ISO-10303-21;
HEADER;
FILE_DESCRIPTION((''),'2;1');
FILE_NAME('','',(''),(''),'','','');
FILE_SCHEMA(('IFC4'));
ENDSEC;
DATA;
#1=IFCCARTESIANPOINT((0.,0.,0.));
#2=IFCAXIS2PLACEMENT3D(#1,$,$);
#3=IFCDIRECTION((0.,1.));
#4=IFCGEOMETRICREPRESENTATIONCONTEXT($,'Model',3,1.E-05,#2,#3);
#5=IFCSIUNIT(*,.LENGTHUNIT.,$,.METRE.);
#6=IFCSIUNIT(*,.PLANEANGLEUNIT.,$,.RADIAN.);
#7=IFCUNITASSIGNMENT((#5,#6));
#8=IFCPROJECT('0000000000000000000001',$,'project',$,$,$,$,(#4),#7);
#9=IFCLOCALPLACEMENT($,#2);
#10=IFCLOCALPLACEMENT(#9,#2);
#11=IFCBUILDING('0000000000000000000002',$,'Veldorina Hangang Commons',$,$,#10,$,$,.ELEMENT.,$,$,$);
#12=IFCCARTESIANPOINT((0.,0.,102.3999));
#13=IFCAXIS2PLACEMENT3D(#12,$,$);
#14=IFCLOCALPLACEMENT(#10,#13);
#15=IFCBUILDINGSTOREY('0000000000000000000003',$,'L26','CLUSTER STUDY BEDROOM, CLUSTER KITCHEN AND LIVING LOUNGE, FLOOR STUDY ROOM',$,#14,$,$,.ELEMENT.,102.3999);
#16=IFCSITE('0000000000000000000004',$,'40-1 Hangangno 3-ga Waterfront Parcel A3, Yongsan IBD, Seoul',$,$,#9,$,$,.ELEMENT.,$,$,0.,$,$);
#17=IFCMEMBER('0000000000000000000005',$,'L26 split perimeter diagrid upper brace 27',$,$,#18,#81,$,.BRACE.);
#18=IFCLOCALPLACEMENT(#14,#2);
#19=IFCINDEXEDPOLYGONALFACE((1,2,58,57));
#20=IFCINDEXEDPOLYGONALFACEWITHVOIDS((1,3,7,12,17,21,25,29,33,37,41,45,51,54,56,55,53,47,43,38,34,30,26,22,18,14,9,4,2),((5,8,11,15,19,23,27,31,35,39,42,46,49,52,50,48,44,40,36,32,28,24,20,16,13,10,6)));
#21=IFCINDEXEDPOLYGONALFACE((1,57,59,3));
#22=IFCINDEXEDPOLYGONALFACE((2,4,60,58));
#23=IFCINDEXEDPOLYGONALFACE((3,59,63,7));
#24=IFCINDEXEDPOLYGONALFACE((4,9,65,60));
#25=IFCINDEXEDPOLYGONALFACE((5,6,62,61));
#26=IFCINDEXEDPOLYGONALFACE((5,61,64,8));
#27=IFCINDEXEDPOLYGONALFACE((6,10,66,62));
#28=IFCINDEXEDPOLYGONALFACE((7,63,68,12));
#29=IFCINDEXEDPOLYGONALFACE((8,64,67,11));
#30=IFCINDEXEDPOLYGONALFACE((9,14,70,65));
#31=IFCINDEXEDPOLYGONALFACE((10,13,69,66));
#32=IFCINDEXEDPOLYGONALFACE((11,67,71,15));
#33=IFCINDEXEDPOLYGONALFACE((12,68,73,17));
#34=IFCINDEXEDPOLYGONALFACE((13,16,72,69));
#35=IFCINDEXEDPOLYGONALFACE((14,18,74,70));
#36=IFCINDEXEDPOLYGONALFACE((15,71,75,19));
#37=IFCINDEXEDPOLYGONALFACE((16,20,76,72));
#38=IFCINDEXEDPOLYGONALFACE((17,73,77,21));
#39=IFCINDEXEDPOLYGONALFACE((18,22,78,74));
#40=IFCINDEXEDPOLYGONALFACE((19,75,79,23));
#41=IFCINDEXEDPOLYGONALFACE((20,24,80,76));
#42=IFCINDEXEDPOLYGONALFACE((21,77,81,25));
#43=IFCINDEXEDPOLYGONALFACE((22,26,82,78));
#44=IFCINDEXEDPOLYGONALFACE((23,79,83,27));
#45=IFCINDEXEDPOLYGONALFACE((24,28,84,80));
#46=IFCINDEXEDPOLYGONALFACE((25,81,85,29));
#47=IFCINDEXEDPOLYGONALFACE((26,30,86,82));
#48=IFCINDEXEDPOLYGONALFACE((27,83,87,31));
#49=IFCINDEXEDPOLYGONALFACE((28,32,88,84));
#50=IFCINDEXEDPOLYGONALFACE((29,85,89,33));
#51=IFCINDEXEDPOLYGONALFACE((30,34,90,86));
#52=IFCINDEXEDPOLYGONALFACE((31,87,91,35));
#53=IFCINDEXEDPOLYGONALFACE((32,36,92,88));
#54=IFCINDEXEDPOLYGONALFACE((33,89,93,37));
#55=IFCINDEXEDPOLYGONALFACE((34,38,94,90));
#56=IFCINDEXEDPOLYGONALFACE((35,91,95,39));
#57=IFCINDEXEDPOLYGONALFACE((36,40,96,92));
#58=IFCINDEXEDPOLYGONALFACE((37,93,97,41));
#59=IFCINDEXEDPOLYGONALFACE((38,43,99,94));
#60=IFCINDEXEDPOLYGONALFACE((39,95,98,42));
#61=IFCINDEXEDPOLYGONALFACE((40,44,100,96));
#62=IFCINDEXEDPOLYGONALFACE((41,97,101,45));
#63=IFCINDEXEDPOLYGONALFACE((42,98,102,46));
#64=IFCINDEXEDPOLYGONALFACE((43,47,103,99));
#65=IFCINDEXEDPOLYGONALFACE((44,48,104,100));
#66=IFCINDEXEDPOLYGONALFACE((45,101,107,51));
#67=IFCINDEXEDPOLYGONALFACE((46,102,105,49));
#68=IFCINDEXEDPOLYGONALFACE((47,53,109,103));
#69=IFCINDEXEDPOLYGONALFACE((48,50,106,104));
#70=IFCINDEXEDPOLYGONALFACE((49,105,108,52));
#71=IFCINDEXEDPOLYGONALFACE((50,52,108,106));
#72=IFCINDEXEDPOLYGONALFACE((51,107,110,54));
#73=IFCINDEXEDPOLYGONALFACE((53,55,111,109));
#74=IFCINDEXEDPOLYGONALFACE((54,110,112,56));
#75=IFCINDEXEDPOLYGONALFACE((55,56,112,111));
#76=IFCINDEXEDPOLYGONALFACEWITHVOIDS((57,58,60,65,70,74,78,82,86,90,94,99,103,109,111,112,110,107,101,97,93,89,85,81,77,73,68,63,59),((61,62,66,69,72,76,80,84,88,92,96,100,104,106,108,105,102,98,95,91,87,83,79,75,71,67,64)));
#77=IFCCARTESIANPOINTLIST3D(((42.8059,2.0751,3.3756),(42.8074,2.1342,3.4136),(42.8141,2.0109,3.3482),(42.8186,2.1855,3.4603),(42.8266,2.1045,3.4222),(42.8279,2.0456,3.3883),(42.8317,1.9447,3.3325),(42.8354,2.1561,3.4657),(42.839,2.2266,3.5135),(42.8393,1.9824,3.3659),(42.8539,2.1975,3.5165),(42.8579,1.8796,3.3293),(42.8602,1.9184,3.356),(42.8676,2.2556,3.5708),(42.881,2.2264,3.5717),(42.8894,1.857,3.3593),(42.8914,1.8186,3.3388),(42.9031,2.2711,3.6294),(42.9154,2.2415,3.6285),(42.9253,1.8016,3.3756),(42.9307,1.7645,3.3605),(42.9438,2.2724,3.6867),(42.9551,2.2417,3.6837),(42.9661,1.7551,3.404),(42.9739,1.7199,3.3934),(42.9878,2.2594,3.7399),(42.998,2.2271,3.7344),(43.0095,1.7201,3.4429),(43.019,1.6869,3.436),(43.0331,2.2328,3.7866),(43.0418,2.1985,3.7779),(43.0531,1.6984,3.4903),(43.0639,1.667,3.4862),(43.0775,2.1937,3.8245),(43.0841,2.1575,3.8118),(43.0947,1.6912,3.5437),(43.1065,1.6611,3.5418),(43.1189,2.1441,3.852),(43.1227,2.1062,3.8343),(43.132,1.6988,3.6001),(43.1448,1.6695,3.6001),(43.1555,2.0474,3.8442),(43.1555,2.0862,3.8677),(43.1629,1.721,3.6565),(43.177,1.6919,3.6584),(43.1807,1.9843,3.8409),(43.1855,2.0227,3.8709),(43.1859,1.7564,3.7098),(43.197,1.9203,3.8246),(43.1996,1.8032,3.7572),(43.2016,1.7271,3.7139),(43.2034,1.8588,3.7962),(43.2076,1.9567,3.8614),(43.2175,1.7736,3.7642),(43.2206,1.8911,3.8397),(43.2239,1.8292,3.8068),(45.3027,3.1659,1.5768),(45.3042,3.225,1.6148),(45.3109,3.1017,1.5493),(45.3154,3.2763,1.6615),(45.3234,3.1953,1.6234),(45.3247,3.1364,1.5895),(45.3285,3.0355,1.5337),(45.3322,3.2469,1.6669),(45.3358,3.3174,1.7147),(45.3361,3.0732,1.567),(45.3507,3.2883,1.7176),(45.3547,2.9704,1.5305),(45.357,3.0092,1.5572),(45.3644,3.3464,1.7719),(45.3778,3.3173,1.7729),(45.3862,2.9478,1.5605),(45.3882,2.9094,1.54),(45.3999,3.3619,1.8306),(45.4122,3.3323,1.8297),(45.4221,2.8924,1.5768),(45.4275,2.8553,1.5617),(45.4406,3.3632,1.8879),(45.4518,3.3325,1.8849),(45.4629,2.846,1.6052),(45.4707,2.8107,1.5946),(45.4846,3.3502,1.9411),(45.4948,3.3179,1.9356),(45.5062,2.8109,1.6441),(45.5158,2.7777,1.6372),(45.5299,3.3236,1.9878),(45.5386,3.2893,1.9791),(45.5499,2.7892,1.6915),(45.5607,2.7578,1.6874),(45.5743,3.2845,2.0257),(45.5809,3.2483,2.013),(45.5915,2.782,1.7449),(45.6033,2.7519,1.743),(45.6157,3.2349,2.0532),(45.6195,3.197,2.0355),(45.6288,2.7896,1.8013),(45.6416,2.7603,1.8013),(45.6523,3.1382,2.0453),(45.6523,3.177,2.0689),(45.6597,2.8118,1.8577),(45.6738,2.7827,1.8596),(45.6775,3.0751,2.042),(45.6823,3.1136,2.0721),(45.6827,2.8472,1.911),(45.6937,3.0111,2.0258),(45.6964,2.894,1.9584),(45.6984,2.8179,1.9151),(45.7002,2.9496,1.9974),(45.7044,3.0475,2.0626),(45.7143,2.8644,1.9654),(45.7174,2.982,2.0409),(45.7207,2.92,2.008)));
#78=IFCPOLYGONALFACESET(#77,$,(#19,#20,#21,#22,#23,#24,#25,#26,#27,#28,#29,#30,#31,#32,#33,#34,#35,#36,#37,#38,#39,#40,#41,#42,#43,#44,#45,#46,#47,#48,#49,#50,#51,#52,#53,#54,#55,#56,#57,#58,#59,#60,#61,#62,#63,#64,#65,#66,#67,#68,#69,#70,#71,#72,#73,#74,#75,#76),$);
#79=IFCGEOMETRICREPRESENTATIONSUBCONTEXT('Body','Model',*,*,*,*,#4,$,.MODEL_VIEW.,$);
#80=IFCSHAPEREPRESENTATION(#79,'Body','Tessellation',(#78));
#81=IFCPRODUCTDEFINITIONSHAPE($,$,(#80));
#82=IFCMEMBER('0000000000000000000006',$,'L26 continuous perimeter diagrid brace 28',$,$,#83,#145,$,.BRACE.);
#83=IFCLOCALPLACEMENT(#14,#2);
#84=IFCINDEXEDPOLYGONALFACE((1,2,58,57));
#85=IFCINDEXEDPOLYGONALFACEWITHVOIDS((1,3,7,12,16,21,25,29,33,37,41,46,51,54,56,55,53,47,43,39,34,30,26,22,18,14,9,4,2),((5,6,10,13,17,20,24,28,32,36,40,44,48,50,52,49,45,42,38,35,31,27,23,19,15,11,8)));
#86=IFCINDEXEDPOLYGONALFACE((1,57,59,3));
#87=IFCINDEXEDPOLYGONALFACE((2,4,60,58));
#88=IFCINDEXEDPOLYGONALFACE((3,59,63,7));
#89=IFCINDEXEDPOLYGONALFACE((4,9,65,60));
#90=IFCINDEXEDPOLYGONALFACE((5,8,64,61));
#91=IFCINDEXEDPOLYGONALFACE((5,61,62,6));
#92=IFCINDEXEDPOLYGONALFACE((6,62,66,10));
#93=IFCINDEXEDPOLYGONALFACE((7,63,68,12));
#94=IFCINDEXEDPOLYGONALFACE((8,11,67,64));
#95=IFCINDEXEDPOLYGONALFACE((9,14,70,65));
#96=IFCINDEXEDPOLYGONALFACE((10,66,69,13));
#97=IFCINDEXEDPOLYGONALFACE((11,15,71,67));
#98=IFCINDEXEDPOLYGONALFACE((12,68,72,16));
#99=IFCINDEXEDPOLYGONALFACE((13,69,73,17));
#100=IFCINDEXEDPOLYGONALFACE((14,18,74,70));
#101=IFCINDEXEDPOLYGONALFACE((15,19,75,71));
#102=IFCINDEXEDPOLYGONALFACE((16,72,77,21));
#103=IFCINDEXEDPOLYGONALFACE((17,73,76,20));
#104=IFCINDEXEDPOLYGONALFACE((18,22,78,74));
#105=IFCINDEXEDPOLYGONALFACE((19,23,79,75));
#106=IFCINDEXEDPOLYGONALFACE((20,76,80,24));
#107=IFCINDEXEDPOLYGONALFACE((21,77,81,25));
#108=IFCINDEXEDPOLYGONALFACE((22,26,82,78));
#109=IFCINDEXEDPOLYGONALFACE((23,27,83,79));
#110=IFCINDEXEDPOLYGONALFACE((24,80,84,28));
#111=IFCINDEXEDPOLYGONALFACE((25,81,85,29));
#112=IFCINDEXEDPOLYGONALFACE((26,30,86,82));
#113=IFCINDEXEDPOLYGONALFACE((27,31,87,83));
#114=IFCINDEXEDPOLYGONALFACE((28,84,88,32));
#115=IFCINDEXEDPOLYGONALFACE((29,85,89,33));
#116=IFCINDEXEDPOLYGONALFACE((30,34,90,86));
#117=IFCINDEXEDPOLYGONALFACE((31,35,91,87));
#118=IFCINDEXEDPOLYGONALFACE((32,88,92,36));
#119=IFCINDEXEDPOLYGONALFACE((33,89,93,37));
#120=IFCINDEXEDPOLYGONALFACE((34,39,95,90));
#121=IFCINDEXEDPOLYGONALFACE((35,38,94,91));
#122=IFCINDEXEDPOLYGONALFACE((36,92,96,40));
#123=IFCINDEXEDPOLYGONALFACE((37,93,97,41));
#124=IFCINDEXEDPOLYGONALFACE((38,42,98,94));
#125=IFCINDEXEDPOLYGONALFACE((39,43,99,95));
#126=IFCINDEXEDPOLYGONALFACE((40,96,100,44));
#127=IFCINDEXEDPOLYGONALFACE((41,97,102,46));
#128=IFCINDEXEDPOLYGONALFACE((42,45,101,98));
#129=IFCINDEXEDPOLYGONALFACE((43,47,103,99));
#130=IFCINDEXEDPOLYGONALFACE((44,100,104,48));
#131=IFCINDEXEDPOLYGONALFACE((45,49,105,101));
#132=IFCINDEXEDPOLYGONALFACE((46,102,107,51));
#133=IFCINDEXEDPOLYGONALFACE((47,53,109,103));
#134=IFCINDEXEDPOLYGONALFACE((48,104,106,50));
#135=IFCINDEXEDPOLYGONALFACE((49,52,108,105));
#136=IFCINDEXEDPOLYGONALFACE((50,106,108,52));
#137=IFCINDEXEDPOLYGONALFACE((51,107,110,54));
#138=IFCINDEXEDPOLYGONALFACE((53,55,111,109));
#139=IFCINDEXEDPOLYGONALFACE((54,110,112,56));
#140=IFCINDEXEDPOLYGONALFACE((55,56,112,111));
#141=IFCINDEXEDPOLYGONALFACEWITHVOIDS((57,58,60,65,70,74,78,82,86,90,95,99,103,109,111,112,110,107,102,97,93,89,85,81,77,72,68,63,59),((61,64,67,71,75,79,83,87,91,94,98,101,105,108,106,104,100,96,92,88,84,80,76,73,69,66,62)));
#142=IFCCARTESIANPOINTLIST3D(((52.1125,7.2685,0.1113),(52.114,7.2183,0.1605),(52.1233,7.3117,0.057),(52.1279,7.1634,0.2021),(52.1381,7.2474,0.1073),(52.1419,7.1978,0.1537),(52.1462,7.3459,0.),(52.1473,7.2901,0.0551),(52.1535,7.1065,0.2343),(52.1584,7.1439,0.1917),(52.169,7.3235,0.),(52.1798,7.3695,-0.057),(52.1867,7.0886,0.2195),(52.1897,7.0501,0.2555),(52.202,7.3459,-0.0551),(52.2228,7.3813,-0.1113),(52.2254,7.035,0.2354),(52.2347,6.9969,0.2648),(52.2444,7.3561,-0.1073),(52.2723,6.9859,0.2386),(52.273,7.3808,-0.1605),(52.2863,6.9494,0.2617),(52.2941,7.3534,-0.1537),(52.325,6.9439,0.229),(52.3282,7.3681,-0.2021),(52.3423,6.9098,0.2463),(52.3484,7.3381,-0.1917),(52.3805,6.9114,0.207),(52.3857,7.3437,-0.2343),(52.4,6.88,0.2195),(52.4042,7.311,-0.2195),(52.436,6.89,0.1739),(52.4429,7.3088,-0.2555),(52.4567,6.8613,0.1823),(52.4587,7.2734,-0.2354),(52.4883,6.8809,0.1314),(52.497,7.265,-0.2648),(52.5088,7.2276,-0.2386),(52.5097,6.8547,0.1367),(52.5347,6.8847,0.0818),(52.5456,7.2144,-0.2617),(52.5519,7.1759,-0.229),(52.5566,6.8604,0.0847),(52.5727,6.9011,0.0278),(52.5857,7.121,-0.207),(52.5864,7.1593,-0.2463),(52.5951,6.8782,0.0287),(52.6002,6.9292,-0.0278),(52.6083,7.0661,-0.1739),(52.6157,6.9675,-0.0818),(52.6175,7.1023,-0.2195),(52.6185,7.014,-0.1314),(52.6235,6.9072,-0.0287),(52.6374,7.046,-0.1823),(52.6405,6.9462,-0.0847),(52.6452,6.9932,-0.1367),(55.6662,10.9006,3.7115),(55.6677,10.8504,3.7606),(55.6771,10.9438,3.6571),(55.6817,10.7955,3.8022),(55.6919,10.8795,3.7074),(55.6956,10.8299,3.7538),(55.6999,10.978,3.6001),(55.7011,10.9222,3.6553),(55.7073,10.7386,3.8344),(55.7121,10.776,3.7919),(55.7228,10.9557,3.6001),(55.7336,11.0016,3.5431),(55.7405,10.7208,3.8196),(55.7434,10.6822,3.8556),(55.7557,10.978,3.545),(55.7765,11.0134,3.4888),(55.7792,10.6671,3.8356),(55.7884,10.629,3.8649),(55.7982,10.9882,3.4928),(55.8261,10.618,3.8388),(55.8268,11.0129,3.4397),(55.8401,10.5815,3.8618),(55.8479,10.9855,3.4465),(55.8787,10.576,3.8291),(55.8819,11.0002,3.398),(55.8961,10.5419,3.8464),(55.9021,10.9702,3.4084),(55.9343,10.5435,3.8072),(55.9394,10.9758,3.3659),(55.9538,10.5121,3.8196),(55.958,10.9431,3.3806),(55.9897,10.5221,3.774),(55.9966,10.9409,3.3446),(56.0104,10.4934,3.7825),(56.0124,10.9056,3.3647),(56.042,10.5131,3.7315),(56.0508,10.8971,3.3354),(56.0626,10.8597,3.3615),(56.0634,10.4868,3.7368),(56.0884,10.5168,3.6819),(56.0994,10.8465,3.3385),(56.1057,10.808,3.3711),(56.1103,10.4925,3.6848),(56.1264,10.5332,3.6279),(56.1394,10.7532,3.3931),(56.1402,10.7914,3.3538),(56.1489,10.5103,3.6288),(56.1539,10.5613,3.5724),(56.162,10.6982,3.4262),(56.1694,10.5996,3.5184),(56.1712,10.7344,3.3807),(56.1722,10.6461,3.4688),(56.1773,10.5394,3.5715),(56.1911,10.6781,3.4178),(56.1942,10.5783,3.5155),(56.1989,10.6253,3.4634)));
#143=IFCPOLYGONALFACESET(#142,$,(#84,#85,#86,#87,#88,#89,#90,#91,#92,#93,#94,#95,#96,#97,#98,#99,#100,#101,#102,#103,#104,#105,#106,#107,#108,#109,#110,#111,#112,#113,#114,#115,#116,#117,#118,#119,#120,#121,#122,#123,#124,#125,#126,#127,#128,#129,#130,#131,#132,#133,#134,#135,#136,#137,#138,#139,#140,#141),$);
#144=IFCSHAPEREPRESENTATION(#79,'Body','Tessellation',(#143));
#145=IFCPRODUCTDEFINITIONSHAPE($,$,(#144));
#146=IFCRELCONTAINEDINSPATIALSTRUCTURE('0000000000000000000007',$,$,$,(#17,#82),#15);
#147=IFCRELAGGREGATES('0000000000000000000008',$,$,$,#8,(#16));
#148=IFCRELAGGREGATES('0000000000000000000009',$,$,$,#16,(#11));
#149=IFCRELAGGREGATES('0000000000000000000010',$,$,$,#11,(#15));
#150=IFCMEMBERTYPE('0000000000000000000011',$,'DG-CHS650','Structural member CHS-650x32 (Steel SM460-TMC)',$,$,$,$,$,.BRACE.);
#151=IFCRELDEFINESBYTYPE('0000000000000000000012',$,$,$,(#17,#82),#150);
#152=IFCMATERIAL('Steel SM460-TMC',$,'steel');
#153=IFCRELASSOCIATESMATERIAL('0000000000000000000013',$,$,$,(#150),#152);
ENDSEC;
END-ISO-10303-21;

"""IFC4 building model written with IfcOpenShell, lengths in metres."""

from ifc_helpers import new_model, si_unit, direction, frame, origin, origin_2d, place, context, subcontext, project, spatial, hollow_circle, extrude, material, material_profile, profile_set, type_object, element, save


model = new_model("IFC4")

# Units and contexts
model_context = context("Model", 3, precision=1e-05, world=origin(), true_north=direction((0.0, 1.0)))
body_context = subcontext(model_context, "Body", "Model", "MODEL_VIEW")
ifc_project = project(units=[si_unit("LENGTHUNIT", "METRE"), si_unit("PLANEANGLEUNIT", "RADIAN")], contexts=[model_context])

# Site, building, storey
site_placement = place(None, origin())
site = spatial("IfcSite", under=ifc_project, at=site_placement, Name="40-1 Hangangno 3-ga Waterfront Parcel A3, Yongsan IBD, Seoul", CompositionType="ELEMENT", RefElevation=0.0)
building_placement = place(site_placement, origin())
building = spatial("IfcBuilding", under=site, at=building_placement, Name="Veldorina Hangang Commons", CompositionType="ELEMENT")
storey_placement = place(building_placement, frame((0.0, 0.0, 102.3999)))
storey = spatial("IfcBuildingStorey", under=building, at=storey_placement, Name="L26", Description="CLUSTER STUDY BEDROOM, CLUSTER KITCHEN AND LIVING LOUNGE, FLOOR STUDY ROOM", CompositionType="ELEMENT", Elevation=102.3999)

# Members
ifc_material_1 = material(Name="Steel SM460-TMC", Category="steel")
ifc_material_profile_1 = material_profile(ifc_material_1, hollow_circle(Radius=0.325, WallThickness=0.032, at=origin_2d()), Name="CHS-650x32")
ifc_profile_set_1 = profile_set([ifc_material_profile_1], Name="Steel SM460-TMC")
member_type_1 = type_object("IfcMemberType", Name="DG-CHS650", Description="Structural member CHS-650x32 (Steel SM460-TMC)", PredefinedType="BRACE", material=ifc_profile_set_1)
member_1_placement = place(storey_placement, frame((45.5115, 3.0581, 1.8013), z_axis=(-0.76474, -0.334102, 0.550953), x_axis=(0.400344, -0.916365, 0.0)))
element("IfcMember", 1, at=member_1_placement, inside=storey, type_object=member_type_1, Name="L26 split perimeter diagrid upper brace 27", PredefinedType="BRACE", context=body_context, shape_type="SweptSolid", body=[
    extrude(hollow_circle(Radius=0.325, WallThickness=0.032, at=origin_2d()), origin(), (0.0, 0.0, 1.0), 3.2649),
])
member_2_placement = place(storey_placement, frame((52.3784, 7.1187, 0.0), z_axis=(0.570649, 0.583234, 0.578098), x_axis=(-0.714776, 0.699353, 0.0)))
element("IfcMember", 2, at=member_2_placement, inside=storey, type_object=member_type_1, Name="L26 continuous perimeter diagrid brace 28", PredefinedType="BRACE", context=body_context, shape_type="SweptSolid", body=[
    extrude(hollow_circle(Radius=0.325, WallThickness=0.032, at=origin_2d()), origin(), (0.0, 0.0, 1.0), 6.2275),
])

save(model, "model.ifc")
